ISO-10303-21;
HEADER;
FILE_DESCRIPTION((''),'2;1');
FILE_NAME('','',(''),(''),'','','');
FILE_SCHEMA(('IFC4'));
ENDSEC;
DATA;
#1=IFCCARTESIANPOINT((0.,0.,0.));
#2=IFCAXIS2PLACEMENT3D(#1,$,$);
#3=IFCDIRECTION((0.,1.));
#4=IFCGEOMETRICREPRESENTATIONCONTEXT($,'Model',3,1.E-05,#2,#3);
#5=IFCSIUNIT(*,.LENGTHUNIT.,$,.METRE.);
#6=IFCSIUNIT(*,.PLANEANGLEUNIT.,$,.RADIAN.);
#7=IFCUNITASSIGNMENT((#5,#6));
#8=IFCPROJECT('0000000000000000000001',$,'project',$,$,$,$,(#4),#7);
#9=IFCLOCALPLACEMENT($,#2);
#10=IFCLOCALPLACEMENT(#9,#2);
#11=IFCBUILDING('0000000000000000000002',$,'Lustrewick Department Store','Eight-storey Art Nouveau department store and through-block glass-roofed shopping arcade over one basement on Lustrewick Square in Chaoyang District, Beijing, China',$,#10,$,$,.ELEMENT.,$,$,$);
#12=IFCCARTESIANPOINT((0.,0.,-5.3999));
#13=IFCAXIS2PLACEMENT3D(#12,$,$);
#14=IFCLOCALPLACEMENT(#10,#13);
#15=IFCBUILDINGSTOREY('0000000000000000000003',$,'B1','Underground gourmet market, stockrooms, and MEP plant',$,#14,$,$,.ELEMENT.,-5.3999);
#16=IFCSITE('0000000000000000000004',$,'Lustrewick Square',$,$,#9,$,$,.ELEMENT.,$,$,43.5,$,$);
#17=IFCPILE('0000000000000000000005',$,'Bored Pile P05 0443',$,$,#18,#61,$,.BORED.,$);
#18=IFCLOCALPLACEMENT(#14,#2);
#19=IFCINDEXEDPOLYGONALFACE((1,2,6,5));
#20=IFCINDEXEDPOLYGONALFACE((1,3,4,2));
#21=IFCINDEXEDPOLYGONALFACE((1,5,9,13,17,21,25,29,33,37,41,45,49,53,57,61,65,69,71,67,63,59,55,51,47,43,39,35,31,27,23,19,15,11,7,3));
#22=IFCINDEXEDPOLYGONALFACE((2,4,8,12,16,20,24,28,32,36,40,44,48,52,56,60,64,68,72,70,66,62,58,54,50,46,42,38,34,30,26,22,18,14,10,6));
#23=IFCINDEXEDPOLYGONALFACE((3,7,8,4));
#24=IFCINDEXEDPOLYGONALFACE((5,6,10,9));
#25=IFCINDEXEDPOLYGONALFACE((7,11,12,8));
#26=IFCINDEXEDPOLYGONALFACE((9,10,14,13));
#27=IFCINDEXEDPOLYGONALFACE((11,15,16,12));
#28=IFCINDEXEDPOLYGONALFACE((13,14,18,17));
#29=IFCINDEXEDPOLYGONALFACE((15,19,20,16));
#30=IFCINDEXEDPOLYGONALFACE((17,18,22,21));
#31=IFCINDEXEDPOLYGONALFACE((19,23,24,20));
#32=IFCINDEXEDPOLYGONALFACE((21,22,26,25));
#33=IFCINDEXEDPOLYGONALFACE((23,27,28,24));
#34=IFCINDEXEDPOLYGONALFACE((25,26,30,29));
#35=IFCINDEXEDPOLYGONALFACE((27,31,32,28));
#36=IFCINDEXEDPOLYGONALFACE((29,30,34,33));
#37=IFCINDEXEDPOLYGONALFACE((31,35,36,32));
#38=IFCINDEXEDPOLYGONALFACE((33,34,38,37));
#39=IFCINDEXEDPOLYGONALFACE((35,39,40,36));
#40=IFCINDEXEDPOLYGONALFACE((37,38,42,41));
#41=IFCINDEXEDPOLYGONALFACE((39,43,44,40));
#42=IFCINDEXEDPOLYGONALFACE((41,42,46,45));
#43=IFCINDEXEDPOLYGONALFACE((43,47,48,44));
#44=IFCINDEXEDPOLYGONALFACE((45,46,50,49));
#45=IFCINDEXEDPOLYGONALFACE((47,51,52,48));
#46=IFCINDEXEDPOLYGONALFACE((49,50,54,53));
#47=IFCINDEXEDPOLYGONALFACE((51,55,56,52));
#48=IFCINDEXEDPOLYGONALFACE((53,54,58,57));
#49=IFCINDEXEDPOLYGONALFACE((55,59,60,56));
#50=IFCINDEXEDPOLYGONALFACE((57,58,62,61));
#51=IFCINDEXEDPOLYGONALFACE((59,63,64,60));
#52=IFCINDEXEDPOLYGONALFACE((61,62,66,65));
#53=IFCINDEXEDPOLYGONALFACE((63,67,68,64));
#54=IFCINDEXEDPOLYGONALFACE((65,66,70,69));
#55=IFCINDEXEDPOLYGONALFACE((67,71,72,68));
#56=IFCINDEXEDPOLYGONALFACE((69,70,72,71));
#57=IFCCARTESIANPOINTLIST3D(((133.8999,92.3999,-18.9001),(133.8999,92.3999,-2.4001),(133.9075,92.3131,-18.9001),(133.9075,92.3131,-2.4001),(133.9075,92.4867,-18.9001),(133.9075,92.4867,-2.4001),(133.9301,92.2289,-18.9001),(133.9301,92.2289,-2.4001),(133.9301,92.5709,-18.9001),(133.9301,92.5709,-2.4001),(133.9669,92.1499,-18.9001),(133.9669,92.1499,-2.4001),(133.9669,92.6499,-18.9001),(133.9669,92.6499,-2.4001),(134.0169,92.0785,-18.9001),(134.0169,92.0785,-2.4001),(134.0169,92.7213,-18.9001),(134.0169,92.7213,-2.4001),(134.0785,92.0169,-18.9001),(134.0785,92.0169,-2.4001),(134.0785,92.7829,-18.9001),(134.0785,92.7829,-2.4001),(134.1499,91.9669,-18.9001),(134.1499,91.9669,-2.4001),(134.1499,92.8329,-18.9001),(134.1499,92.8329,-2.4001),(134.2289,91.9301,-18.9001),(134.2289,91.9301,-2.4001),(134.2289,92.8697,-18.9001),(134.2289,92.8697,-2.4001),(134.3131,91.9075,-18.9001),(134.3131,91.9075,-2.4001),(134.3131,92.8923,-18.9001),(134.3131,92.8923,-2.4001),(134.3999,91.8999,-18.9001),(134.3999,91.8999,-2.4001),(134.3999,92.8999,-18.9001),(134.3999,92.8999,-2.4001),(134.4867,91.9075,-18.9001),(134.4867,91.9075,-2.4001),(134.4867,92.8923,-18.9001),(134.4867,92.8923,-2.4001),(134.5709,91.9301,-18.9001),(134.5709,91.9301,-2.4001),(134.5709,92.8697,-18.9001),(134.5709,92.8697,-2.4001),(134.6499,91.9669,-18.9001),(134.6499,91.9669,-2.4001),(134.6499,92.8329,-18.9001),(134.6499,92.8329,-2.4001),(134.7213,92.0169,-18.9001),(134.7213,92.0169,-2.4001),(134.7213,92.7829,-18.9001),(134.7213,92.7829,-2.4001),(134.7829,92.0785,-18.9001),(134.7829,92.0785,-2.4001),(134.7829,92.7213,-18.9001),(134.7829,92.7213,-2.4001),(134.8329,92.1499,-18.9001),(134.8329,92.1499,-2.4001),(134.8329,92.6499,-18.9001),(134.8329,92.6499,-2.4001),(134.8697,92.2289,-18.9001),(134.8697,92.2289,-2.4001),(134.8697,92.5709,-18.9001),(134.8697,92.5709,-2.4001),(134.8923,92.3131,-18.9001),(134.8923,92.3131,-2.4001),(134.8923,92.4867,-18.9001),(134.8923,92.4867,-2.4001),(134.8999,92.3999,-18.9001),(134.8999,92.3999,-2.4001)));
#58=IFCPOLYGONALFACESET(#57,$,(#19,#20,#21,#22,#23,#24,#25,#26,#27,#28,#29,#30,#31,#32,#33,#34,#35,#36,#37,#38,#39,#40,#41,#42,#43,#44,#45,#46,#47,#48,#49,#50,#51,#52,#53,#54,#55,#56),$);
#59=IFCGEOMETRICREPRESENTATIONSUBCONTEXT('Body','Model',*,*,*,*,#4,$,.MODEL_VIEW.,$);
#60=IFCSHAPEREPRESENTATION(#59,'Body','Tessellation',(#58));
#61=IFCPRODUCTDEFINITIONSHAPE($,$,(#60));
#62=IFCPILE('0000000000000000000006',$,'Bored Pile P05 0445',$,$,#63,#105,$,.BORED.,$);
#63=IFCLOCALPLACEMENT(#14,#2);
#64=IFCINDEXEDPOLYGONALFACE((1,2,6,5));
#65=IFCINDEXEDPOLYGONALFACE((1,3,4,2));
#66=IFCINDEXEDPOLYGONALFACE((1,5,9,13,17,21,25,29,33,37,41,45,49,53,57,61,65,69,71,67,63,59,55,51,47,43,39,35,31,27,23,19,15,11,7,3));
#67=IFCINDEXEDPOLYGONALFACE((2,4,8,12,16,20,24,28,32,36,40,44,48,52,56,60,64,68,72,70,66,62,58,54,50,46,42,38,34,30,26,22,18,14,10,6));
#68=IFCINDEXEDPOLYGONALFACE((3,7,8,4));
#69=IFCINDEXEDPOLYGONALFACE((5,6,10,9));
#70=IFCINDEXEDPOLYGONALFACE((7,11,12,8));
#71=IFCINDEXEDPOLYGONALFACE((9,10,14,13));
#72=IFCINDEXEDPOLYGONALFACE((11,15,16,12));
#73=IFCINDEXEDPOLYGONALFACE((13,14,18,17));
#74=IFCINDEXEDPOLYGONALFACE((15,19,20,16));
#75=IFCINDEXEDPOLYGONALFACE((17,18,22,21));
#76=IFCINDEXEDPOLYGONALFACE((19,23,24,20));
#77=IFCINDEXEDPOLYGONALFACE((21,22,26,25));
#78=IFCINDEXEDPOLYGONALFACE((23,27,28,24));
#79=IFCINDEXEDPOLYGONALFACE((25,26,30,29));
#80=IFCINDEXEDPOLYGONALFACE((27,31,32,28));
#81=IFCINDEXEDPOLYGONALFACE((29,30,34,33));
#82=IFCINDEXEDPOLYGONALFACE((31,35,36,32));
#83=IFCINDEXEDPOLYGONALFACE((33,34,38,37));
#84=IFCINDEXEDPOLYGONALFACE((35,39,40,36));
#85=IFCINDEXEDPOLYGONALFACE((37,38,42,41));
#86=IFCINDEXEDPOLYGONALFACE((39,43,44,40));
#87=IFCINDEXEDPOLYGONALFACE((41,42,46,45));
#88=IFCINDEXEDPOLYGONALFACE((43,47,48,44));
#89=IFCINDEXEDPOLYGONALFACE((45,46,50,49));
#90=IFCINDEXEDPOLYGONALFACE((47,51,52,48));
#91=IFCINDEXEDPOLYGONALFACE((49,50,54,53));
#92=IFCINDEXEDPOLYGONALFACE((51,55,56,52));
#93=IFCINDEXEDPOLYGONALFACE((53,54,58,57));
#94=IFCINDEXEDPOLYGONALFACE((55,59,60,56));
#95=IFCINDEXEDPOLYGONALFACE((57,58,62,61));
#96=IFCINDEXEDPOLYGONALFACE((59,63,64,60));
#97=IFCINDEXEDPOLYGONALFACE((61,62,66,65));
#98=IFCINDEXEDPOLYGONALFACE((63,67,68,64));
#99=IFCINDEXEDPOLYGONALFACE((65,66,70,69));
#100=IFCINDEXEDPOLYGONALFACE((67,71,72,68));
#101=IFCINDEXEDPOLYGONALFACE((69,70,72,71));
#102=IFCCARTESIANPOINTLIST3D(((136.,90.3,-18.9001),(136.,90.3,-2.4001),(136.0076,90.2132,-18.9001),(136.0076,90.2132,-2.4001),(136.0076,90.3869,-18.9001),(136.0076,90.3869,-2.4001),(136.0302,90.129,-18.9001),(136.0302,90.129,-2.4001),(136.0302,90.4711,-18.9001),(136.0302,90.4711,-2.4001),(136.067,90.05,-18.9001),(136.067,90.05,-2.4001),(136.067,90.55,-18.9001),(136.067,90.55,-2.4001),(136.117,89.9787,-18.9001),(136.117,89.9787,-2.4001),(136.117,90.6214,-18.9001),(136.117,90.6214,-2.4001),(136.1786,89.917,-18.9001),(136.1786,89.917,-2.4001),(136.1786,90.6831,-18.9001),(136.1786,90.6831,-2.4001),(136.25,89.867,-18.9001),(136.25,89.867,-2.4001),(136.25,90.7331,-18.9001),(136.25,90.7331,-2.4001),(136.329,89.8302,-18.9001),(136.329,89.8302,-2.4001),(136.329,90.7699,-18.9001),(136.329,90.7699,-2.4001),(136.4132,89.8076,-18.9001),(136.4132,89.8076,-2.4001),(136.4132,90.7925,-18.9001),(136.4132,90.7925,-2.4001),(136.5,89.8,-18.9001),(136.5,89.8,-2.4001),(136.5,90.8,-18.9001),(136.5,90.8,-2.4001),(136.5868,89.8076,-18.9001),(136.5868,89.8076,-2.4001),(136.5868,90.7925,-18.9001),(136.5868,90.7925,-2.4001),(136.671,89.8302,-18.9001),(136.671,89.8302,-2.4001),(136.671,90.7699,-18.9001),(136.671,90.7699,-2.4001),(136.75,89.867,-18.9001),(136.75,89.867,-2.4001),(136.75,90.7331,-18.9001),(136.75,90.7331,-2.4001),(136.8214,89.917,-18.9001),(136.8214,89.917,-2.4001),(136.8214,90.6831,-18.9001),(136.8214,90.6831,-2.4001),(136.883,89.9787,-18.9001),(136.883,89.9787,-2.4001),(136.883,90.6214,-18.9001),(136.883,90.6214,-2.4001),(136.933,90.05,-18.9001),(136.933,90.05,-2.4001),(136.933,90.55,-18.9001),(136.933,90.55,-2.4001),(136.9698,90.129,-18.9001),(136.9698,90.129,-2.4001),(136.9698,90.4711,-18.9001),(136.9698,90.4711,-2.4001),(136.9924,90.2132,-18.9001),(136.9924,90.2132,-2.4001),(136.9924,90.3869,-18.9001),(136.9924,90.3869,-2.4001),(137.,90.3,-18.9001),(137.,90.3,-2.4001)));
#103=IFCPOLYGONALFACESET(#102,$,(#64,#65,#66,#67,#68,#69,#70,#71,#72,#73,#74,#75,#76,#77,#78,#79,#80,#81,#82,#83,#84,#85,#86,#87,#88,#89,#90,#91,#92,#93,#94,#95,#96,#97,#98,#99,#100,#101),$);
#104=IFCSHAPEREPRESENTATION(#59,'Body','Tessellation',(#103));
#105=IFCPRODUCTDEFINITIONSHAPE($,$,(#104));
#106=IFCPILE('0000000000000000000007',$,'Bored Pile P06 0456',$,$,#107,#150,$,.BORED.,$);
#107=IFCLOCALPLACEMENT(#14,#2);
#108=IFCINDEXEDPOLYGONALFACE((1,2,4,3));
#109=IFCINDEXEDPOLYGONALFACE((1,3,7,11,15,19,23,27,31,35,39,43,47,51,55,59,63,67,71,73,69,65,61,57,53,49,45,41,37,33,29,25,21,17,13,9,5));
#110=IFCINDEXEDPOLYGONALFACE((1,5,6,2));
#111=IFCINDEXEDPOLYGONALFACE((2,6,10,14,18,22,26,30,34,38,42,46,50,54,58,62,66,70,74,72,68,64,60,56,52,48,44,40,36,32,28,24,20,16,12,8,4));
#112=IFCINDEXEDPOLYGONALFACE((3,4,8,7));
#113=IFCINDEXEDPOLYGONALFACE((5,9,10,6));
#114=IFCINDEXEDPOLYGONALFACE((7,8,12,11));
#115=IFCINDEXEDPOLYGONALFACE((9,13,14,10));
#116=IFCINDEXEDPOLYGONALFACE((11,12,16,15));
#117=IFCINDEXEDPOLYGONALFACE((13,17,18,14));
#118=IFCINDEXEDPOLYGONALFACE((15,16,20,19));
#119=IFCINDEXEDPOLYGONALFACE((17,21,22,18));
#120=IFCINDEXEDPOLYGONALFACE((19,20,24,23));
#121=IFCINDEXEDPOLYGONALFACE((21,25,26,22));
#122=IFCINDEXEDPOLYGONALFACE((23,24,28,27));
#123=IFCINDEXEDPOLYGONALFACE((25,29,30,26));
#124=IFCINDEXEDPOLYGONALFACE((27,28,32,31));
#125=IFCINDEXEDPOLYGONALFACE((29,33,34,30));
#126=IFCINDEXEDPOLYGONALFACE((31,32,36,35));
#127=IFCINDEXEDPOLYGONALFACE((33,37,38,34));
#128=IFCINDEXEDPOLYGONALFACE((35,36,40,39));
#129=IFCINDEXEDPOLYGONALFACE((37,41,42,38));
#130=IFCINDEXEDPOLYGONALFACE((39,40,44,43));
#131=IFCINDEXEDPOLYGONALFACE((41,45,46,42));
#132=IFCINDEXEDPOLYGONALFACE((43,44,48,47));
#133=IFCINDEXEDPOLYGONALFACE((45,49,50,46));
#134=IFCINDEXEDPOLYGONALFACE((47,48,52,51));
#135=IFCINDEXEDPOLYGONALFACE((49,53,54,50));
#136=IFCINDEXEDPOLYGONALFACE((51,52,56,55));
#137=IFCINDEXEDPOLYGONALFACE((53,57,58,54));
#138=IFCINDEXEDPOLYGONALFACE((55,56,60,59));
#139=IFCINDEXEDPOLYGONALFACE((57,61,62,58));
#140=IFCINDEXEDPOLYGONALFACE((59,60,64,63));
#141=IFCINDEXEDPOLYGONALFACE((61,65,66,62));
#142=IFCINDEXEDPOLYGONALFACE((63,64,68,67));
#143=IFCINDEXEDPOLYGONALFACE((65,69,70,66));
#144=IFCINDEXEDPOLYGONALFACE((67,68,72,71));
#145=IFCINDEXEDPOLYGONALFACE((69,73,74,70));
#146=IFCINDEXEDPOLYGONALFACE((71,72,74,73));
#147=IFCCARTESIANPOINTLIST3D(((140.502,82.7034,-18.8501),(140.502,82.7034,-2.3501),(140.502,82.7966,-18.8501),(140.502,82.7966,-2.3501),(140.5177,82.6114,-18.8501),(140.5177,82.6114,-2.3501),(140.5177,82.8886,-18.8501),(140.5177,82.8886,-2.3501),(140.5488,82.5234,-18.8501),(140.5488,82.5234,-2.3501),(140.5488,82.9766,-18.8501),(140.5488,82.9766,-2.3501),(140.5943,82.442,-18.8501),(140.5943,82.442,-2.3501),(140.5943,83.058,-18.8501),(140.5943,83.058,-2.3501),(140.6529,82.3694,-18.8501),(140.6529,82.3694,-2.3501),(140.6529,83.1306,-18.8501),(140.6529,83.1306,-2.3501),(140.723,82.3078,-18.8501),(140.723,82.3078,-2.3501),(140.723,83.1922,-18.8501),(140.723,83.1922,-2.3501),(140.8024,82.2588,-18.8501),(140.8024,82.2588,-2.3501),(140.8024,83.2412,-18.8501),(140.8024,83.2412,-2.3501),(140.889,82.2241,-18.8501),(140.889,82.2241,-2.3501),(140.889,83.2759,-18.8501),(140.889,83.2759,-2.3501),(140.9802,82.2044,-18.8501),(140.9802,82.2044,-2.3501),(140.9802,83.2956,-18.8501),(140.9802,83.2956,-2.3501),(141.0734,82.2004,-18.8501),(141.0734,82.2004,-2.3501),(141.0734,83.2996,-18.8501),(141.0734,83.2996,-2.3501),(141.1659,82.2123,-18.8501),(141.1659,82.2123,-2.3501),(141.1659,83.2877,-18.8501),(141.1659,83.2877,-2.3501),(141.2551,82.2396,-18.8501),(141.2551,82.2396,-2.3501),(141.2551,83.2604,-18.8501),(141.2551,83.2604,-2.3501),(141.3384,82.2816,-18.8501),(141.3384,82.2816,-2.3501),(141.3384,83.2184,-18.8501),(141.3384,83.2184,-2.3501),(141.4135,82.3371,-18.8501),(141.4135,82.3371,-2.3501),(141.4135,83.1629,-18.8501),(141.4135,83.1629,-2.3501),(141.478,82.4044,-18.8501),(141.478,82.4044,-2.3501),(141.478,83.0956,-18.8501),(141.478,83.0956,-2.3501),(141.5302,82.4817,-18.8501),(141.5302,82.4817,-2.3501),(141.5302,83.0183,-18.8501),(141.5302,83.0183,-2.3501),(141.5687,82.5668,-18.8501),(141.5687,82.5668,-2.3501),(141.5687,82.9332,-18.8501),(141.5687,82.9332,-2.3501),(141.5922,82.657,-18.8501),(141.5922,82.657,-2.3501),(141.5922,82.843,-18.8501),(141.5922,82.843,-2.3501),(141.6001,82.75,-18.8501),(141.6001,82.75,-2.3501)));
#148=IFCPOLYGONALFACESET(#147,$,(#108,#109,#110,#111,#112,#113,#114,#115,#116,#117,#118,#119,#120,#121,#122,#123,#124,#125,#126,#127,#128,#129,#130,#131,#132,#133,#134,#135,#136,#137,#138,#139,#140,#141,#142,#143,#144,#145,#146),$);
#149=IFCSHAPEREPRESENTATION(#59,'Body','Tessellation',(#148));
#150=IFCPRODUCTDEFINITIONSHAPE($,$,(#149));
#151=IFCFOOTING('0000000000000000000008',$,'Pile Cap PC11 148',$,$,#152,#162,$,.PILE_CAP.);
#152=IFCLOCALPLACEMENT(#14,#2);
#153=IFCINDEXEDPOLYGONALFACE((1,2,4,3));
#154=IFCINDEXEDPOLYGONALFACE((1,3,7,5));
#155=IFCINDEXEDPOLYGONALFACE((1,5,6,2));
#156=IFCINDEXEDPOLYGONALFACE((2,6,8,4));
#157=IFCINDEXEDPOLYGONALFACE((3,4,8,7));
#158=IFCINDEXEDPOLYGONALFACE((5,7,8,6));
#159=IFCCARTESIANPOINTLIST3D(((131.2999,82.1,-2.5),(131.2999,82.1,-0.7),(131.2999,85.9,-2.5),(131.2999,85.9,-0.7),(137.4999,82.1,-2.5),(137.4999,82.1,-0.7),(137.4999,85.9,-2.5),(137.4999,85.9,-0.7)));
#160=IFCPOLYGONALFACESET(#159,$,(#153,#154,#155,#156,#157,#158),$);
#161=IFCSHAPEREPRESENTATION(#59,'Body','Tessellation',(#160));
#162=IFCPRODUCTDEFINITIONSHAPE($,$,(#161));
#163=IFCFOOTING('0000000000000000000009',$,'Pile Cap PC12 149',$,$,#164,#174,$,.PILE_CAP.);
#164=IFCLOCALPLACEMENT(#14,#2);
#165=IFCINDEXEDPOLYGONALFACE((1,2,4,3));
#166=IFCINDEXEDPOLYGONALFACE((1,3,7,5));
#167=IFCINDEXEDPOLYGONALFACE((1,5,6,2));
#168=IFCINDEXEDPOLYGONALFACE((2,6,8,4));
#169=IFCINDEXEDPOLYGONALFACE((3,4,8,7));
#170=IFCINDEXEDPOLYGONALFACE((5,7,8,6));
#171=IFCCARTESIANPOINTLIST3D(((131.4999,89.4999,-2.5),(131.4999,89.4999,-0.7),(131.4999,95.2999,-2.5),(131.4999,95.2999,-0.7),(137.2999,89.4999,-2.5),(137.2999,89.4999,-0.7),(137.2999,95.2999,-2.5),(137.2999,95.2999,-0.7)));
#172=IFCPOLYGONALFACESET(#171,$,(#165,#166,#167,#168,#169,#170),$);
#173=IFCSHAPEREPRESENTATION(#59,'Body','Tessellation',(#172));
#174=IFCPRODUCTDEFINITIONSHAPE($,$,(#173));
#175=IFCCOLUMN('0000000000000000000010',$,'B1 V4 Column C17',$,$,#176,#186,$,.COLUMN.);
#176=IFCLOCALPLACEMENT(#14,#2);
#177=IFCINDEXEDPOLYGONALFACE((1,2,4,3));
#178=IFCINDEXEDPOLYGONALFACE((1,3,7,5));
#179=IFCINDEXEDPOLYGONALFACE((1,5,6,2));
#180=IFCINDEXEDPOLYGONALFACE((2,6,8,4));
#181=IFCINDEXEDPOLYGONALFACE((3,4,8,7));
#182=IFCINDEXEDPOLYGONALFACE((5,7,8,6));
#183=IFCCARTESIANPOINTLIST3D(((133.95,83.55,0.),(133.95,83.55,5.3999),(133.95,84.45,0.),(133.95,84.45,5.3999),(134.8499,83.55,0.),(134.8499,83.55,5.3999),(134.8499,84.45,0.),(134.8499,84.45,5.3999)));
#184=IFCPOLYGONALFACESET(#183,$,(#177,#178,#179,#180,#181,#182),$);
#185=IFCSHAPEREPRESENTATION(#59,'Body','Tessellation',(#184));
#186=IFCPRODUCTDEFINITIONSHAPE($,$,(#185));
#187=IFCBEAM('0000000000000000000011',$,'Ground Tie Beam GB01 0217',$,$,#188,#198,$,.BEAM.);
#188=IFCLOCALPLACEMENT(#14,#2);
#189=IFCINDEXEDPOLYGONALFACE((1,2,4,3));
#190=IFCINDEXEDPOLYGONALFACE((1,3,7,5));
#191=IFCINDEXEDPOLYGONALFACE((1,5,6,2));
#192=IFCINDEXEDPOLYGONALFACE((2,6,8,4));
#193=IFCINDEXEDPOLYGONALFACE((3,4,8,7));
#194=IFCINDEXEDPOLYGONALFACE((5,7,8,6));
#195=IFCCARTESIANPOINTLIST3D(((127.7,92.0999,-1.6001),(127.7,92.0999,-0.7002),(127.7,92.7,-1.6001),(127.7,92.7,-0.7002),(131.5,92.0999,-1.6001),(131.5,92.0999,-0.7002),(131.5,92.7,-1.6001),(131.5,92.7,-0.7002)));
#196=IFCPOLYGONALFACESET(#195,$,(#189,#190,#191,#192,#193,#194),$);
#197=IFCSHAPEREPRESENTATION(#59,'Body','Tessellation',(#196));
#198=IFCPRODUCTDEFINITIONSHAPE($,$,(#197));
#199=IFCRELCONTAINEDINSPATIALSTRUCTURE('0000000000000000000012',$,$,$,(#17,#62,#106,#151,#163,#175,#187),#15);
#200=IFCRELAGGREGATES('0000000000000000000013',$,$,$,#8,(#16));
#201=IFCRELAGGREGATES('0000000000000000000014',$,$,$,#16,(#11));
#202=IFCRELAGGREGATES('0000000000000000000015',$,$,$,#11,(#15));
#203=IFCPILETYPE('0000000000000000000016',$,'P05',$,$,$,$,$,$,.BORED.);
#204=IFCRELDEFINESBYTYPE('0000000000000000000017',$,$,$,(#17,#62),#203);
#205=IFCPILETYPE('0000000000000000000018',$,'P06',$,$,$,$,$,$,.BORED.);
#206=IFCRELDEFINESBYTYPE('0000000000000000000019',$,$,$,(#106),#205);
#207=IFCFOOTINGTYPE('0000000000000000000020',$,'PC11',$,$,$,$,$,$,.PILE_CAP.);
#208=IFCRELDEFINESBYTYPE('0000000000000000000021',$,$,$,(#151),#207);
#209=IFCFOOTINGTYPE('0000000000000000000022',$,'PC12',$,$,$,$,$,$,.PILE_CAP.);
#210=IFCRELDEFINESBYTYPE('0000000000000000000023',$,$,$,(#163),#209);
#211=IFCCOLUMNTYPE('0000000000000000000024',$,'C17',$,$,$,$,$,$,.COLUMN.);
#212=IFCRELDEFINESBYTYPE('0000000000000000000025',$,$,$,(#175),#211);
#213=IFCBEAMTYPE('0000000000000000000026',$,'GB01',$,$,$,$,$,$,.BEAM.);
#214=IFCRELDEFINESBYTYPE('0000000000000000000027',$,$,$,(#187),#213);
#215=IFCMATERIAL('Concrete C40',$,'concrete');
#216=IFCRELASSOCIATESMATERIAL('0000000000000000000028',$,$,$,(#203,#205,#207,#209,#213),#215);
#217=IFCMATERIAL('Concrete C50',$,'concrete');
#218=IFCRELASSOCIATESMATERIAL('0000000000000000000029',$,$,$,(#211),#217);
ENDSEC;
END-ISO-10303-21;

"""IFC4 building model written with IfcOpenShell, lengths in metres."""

from ifc_helpers import new_model, si_unit, direction, frame, origin, origin_2d, place, context, subcontext, project, spatial, rectangle, circle, extrude, material, material_profile, profile_set, type_object, element, save


model = new_model("IFC4")

# Units and contexts
model_context = context("Model", 3, precision=1e-05, world=origin(), true_north=direction((0.0, 1.0)))
body_context = subcontext(model_context, "Body", "Model", "MODEL_VIEW")
ifc_project = project(units=[si_unit("LENGTHUNIT", "METRE"), si_unit("PLANEANGLEUNIT", "RADIAN")], contexts=[model_context])

# Site, building, storey
site_placement = place(None, origin())
site = spatial("IfcSite", under=ifc_project, at=site_placement, Name="Lustrewick Square", CompositionType="ELEMENT", RefElevation=43.5)
building_placement = place(site_placement, origin())
building = spatial("IfcBuilding", under=site, at=building_placement, Name="Lustrewick Department Store", Description="Eight-storey Art Nouveau department store and through-block glass-roofed shopping arcade over one basement on Lustrewick Square in Chaoyang District, Beijing, China", CompositionType="ELEMENT")
storey_placement = place(building_placement, frame((0.0, 0.0, -5.3999)))
storey = spatial("IfcBuildingStorey", under=building, at=storey_placement, Name="B1", Description="Underground gourmet market, stockrooms, and MEP plant", CompositionType="ELEMENT", Elevation=-5.3999)

# Piles
ifc_material_1 = material(Name="Concrete C40", Category="concrete")
ifc_material_profile_1 = material_profile(ifc_material_1, circle(Radius=0.5, at=origin_2d()), Name="PILE D1000")
ifc_profile_set_1 = profile_set([ifc_material_profile_1], Name="Concrete C40")
pile_type_1 = type_object("IfcPileType", Name="P05", PredefinedType="BORED", material=ifc_profile_set_1)
for number, where, z_axis, x_axis, name in (
    (1, (134.3999, 92.3999, -2.4001), (0.0, 0.0, -1.0), (1.0, 0.0, 0.0), "Bored Pile P05 0443"),
    (2, (136.5, 90.3, -2.4001), (0.0, 0.0, -1.0), (1.0, 0.0, 0.0), "Bored Pile P05 0445"),
):
    element("IfcPile", number, at=place(storey_placement, frame(where, z_axis=z_axis, x_axis=x_axis)), inside=storey, type_object=pile_type_1, Name=name, PredefinedType="BORED", context=body_context, shape_type="SweptSolid", body=[
        extrude(circle(Radius=0.5, at=origin_2d()), origin(), (0.0, 0.0, 1.0), 16.5),
    ])
ifc_material_profile_2 = material_profile(ifc_material_1, circle(Radius=0.55, at=origin_2d()), Name="PILE D1100")
ifc_profile_set_2 = profile_set([ifc_material_profile_2], Name="Concrete C40")
pile_type_2 = type_object("IfcPileType", Name="P06", PredefinedType="BORED", material=ifc_profile_set_2)
pile_placement = place(storey_placement, frame((141.05, 82.75, -2.3501), z_axis=(0.0, 0.0, -1.0), x_axis=(1.0, 0.0, 0.0)))
element("IfcPile", 3, at=pile_placement, inside=storey, type_object=pile_type_2, Name="Bored Pile P06 0456", PredefinedType="BORED", context=body_context, shape_type="SweptSolid", body=[
    extrude(circle(Radius=0.55, at=origin_2d()), origin(), (0.0, 0.0, 1.0), 16.5),
])

# Footings
footing_type_1 = type_object("IfcFootingType", Name="PC11", PredefinedType="PILE_CAP", material=ifc_material_1)
footing_1_placement = place(storey_placement, frame((134.3999, 84.0, -2.5), z_axis=(0.0, 0.0, 1.0), x_axis=(1.0, 0.0, 0.0)))
element("IfcFooting", 4, at=footing_1_placement, inside=storey, type_object=footing_type_1, Name="Pile Cap PC11 148", PredefinedType="PILE_CAP", context=body_context, shape_type="SweptSolid", body=[
    extrude(rectangle(XDim=6.2, YDim=3.8, at=origin_2d()), origin(), (0.0, 0.0, 1.0), 1.8),
])
footing_type_2 = type_object("IfcFootingType", Name="PC12", PredefinedType="PILE_CAP", material=ifc_material_1)
footing_2_placement = place(storey_placement, frame((134.3999, 92.3999, -2.5), z_axis=(0.0, 0.0, 1.0), x_axis=(1.0, 0.0, 0.0)))
element("IfcFooting", 5, at=footing_2_placement, inside=storey, type_object=footing_type_2, Name="Pile Cap PC12 149", PredefinedType="PILE_CAP", context=body_context, shape_type="SweptSolid", body=[
    extrude(rectangle(XDim=5.8, YDim=5.8, at=origin_2d()), origin(), (0.0, 0.0, 1.0), 1.8),
])

# Column
ifc_material_2 = material(Name="Concrete C50", Category="concrete")
ifc_material_profile_3 = material_profile(ifc_material_2, rectangle(XDim=0.8999, YDim=0.8999, at=origin_2d()), Name="RC 900x900")
ifc_profile_set_3 = profile_set([ifc_material_profile_3], Name="Concrete C50")
column_type = type_object("IfcColumnType", Name="C17", PredefinedType="COLUMN", material=ifc_profile_set_3)
column_placement = place(storey_placement, frame((134.3999, 84.0, 0.0), z_axis=(0.0, 0.0, 1.0), x_axis=(1.0, 0.0, 0.0)))
element("IfcColumn", 6, at=column_placement, inside=storey, type_object=column_type, Name="B1 V4 Column C17", PredefinedType="COLUMN", context=body_context, shape_type="SweptSolid", body=[
    extrude(rectangle(XDim=0.8999, YDim=0.8999, at=origin_2d()), origin(), (0.0, 0.0, 1.0), 5.3999),
])

# Beam
ifc_material_profile_4 = material_profile(ifc_material_1, rectangle(XDim=0.6001, YDim=0.8999, at=origin_2d()), Name="RC 600x900")
ifc_profile_set_4 = profile_set([ifc_material_profile_4], Name="Concrete C40")
beam_type_1 = type_object("IfcBeamType", Name="GB01", PredefinedType="BEAM", material=ifc_profile_set_4)
beam_1_placement = place(storey_placement, frame((127.7, 92.3999, -1.1501), z_axis=(1.0, 0.0, 0.0), x_axis=(0.0, 1.0, 0.0)))
element("IfcBeam", 7, at=beam_1_placement, inside=storey, type_object=beam_type_1, Name="Ground Tie Beam GB01 0217", PredefinedType="BEAM", context=body_context, shape_type="SweptSolid", body=[
    extrude(rectangle(XDim=0.6001, YDim=0.8999, at=origin_2d()), origin(), (0.0, 0.0, 1.0), 3.8),
])

save(model, "model.ifc")
